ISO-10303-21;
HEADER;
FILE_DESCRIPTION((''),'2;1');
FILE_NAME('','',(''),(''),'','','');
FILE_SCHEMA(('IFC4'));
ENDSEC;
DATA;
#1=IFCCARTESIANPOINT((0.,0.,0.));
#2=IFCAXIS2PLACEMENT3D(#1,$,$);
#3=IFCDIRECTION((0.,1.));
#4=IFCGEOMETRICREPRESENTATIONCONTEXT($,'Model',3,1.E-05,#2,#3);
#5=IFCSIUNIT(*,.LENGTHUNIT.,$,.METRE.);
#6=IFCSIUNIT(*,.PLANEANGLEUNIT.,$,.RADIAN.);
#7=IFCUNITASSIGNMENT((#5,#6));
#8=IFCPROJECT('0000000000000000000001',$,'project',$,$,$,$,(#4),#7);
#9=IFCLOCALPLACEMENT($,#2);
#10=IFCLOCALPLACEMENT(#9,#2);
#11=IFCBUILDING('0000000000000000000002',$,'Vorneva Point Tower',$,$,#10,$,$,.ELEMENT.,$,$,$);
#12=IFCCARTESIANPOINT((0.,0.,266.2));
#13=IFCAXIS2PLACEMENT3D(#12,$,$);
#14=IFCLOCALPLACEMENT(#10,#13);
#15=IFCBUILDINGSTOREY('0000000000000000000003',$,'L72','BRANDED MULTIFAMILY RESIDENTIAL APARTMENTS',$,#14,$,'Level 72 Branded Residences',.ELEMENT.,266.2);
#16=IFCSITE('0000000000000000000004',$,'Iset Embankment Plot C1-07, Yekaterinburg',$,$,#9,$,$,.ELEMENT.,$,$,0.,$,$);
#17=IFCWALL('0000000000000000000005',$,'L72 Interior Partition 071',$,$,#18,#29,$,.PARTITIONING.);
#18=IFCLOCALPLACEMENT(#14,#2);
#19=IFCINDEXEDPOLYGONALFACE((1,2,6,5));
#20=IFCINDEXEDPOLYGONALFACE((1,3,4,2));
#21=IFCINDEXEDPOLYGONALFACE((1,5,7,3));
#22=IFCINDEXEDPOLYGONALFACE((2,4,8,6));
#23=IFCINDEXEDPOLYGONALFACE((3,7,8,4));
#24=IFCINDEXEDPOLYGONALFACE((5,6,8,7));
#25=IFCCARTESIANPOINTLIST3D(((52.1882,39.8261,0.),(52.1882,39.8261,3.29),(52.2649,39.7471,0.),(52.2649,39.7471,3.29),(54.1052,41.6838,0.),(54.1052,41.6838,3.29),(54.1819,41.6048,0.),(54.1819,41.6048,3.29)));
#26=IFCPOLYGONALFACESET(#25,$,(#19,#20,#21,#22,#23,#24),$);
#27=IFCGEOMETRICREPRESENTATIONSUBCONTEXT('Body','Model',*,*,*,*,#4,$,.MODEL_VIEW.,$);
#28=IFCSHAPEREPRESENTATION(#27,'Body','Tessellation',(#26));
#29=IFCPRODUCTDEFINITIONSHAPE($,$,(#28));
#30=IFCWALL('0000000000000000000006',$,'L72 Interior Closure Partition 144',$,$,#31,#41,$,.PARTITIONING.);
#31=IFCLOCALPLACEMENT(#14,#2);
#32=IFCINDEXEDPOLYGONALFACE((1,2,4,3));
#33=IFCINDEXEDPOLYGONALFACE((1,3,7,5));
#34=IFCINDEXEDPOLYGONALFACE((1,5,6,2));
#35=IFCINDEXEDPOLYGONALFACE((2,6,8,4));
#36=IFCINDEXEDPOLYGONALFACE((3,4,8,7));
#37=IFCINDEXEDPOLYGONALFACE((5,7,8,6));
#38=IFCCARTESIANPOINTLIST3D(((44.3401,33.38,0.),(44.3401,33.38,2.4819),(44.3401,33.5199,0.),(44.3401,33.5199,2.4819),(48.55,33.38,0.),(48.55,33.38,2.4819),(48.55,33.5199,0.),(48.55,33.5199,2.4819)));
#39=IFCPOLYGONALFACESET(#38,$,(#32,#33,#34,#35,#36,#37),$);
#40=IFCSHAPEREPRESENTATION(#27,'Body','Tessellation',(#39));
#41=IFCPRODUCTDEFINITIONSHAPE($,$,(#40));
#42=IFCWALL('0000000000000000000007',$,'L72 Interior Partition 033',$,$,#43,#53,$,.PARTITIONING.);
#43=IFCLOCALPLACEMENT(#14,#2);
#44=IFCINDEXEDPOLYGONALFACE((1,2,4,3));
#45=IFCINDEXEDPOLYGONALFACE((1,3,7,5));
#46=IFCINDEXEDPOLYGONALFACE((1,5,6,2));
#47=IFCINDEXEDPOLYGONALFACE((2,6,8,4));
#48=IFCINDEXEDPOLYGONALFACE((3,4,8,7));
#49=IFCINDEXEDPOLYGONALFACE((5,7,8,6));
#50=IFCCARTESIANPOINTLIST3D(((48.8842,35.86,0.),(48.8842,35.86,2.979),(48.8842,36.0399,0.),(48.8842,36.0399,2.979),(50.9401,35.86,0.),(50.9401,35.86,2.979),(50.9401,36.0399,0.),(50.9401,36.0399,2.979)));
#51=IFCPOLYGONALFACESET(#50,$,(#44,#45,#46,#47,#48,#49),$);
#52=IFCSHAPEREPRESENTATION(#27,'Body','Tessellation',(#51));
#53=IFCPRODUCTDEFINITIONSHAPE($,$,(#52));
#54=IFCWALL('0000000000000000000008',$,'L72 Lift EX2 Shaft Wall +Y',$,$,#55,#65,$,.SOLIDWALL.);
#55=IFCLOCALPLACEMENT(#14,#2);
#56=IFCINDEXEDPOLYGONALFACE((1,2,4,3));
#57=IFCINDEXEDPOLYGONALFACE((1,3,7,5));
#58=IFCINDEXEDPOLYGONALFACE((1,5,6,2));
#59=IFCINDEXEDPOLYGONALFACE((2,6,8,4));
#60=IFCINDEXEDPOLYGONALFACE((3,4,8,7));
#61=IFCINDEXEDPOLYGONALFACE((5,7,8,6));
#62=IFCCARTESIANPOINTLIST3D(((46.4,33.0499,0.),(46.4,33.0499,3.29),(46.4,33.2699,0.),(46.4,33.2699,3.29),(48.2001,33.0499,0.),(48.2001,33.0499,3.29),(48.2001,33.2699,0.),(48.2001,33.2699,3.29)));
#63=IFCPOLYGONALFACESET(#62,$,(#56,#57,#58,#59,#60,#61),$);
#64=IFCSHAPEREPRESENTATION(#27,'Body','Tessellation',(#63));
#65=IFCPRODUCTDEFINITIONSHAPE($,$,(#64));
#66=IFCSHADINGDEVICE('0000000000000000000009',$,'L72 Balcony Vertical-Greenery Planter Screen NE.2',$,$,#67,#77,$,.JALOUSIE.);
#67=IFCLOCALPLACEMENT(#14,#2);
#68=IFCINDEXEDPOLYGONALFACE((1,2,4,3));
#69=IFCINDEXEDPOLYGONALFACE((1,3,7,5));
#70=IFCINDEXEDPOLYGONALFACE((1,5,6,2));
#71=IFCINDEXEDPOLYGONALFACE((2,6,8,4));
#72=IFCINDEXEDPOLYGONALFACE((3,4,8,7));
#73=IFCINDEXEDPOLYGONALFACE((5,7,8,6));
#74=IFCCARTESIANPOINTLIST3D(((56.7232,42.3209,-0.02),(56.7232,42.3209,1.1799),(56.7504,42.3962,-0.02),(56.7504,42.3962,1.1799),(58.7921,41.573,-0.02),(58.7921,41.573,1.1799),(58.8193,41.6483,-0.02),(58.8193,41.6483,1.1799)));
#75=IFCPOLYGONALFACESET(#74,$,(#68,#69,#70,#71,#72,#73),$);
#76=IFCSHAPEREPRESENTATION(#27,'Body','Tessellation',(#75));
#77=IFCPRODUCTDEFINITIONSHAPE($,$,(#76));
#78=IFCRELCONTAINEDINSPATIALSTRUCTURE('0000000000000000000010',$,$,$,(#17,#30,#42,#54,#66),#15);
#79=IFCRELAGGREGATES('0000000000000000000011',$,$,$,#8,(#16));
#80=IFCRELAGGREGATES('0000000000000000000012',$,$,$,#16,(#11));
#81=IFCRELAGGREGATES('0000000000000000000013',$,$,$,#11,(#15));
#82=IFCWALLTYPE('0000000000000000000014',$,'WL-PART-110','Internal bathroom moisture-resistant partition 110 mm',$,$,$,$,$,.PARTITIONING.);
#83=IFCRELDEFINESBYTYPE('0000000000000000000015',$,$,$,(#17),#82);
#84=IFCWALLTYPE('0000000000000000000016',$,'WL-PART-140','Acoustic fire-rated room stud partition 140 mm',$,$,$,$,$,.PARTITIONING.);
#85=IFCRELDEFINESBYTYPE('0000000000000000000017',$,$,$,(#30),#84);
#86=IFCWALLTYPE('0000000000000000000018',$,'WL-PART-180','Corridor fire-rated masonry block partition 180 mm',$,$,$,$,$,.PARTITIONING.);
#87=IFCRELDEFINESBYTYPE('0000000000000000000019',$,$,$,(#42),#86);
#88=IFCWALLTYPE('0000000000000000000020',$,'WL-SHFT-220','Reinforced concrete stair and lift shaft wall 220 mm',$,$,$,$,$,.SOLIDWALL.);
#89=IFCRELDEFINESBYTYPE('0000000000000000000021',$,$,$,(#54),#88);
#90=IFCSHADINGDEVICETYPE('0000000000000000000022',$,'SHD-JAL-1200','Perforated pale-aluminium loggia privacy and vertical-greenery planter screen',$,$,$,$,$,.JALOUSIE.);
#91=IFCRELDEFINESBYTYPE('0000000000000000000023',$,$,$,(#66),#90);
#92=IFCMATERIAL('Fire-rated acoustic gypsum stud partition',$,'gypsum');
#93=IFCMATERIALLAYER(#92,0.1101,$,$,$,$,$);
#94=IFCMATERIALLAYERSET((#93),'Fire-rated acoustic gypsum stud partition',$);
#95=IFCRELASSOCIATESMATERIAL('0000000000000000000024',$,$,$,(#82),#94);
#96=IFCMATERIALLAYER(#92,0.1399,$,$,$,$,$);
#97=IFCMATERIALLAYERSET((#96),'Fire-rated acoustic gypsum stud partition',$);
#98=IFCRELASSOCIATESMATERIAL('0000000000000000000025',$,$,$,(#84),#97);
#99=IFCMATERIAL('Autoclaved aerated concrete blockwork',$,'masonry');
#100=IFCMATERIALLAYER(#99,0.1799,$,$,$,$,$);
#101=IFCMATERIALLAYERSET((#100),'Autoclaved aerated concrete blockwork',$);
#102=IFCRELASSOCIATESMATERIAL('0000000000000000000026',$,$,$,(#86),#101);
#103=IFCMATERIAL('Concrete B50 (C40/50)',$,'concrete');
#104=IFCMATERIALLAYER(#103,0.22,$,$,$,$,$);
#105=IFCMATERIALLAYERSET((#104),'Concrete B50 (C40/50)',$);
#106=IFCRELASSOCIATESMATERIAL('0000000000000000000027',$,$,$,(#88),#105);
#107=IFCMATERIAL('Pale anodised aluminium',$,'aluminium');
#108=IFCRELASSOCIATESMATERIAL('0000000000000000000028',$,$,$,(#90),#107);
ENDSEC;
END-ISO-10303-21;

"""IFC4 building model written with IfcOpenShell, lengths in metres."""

from ifc_helpers import new_model, si_unit, direction, frame, frame_2d, origin, origin_2d, place, context, subcontext, project, spatial, rectangle, extrude, material, layer, layer_set, type_object, element, save


model = new_model("IFC4")

# Units and contexts
model_context = context("Model", 3, precision=1e-05, world=origin(), true_north=direction((0.0, 1.0)))
body_context = subcontext(model_context, "Body", "Model", "MODEL_VIEW")
ifc_project = project(units=[si_unit("LENGTHUNIT", "METRE"), si_unit("PLANEANGLEUNIT", "RADIAN")], contexts=[model_context])

# Site, building, storey
site_placement = place(None, origin())
site = spatial("IfcSite", under=ifc_project, at=site_placement, Name="Iset Embankment Plot C1-07, Yekaterinburg", CompositionType="ELEMENT", RefElevation=0.0)
building_placement = place(site_placement, origin())
building = spatial("IfcBuilding", under=site, at=building_placement, Name="Vorneva Point Tower", CompositionType="ELEMENT")
storey_placement = place(building_placement, frame((0.0, 0.0, 266.2)))
storey = spatial("IfcBuildingStorey", under=building, at=storey_placement, Name="L72", Description="BRANDED MULTIFAMILY RESIDENTIAL APARTMENTS", LongName="Level 72 Branded Residences", CompositionType="ELEMENT", Elevation=266.2)

# Shared definitions
ifc_material_1 = material(Name="Concrete B50 (C40/50)", Category="concrete")

# Shared definitions
ifc_material_2 = material(Name="Pale anodised aluminium", Category="aluminium")

# Shared definitions
ifc_material_3 = material(Name="Fire-rated acoustic gypsum stud partition", Category="gypsum")
ifc_layer_1 = layer(ifc_material_3, 0.1101)
ifc_layer_set_1 = layer_set([ifc_layer_1], Name="Fire-rated acoustic gypsum stud partition")
wall_type_1 = type_object("IfcWallType", Name="WL-PART-110", Description="Internal bathroom moisture-resistant partition 110 mm", PredefinedType="PARTITIONING", material=ifc_layer_set_1)

# Walls
wall_1_placement = place(storey_placement, frame((54.1436, 41.6443, 0.0), z_axis=(0.0, 0.0, 1.0), x_axis=(-0.718132, -0.695907, 0.0)))
element("IfcWall", 1, at=wall_1_placement, inside=storey, type_object=wall_type_1, Name="L72 Interior Partition 071", PredefinedType="PARTITIONING", context=body_context, shape_type="SweptSolid", body=[
    extrude(rectangle(XDim=2.6694, YDim=0.1101, at=frame_2d((1.3347, 0.0))), origin(), (0.0, 0.0, 1.0), 3.29),
])
ifc_layer_2 = layer(ifc_material_3, 0.1399)
ifc_layer_set_2 = layer_set([ifc_layer_2], Name="Fire-rated acoustic gypsum stud partition")
wall_type_2 = type_object("IfcWallType", Name="WL-PART-140", Description="Acoustic fire-rated room stud partition 140 mm", PredefinedType="PARTITIONING", material=ifc_layer_set_2)
wall_2_placement = place(storey_placement, frame((48.55, 33.45, 0.0), z_axis=(0.0, 0.0, 1.0), x_axis=(-1.0, 0.0, 0.0)))
element("IfcWall", 2, at=wall_2_placement, inside=storey, type_object=wall_type_2, Name="L72 Interior Closure Partition 144", PredefinedType="PARTITIONING", context=body_context, shape_type="SweptSolid", body=[
    extrude(rectangle(XDim=4.21, YDim=0.1399, at=frame_2d((2.105, 0.0))), origin(), (0.0, 0.0, 1.0), 2.4819),
])

# Shared definitions
ifc_material_4 = material(Name="Autoclaved aerated concrete blockwork", Category="masonry")
ifc_layer_3 = layer(ifc_material_4, 0.1799)
ifc_layer_set_3 = layer_set([ifc_layer_3], Name="Autoclaved aerated concrete blockwork")
wall_type_3 = type_object("IfcWallType", Name="WL-PART-180", Description="Corridor fire-rated masonry block partition 180 mm", PredefinedType="PARTITIONING", material=ifc_layer_set_3)

# Walls
wall_3_placement = place(storey_placement, frame((50.9399, 35.95, 0.0), z_axis=(0.0, 0.0, 1.0), x_axis=(-1.0, 0.0, 0.0)))
element("IfcWall", 3, at=wall_3_placement, inside=storey, type_object=wall_type_3, Name="L72 Interior Partition 033", PredefinedType="PARTITIONING", context=body_context, shape_type="SweptSolid", body=[
    extrude(rectangle(XDim=2.0559, YDim=0.1799, at=frame_2d((1.0278, 0.0))), origin(), (0.0, 0.0, 1.0), 2.979),
])
ifc_layer_4 = layer(ifc_material_1, 0.22)
ifc_layer_set_4 = layer_set([ifc_layer_4], Name="Concrete B50 (C40/50)")
wall_type_4 = type_object("IfcWallType", Name="WL-SHFT-220", Description="Reinforced concrete stair and lift shaft wall 220 mm", PredefinedType="SOLIDWALL", material=ifc_layer_set_4)
wall_4_placement = place(storey_placement, frame((48.2, 33.1599, 0.0), z_axis=(0.0, 0.0, 1.0), x_axis=(-1.0, 0.0, 0.0)))
element("IfcWall", 4, at=wall_4_placement, inside=storey, type_object=wall_type_4, Name="L72 Lift EX2 Shaft Wall +Y", PredefinedType="SOLIDWALL", context=body_context, shape_type="SweptSolid", body=[
    extrude(rectangle(XDim=1.8, YDim=0.22, at=frame_2d((0.8999, 0.0))), origin(), (0.0, 0.0, 1.0), 3.29),
])

# Shading device
shading_device_type = type_object("IfcShadingDeviceType", Name="SHD-JAL-1200", Description="Perforated pale-aluminium loggia privacy and vertical-greenery planter screen", PredefinedType="JALOUSIE", material=ifc_material_2)
shading_device_placement = place(storey_placement, frame((57.7712, 41.9846, -0.02), z_axis=(0.0, 0.0, 1.0), x_axis=(-0.940437, 0.339969, 0.0)))
element("IfcShadingDevice", 5, at=shading_device_placement, inside=storey, type_object=shading_device_type, Name="L72 Balcony Vertical-Greenery Planter Screen NE.2", PredefinedType="JALOUSIE", context=body_context, shape_type="SweptSolid", body=[
    extrude(rectangle(XDim=2.2, YDim=0.0801, at=origin_2d()), origin(), (0.0, 0.0, 1.0), 1.2),
])

save(model, "model.ifc")
